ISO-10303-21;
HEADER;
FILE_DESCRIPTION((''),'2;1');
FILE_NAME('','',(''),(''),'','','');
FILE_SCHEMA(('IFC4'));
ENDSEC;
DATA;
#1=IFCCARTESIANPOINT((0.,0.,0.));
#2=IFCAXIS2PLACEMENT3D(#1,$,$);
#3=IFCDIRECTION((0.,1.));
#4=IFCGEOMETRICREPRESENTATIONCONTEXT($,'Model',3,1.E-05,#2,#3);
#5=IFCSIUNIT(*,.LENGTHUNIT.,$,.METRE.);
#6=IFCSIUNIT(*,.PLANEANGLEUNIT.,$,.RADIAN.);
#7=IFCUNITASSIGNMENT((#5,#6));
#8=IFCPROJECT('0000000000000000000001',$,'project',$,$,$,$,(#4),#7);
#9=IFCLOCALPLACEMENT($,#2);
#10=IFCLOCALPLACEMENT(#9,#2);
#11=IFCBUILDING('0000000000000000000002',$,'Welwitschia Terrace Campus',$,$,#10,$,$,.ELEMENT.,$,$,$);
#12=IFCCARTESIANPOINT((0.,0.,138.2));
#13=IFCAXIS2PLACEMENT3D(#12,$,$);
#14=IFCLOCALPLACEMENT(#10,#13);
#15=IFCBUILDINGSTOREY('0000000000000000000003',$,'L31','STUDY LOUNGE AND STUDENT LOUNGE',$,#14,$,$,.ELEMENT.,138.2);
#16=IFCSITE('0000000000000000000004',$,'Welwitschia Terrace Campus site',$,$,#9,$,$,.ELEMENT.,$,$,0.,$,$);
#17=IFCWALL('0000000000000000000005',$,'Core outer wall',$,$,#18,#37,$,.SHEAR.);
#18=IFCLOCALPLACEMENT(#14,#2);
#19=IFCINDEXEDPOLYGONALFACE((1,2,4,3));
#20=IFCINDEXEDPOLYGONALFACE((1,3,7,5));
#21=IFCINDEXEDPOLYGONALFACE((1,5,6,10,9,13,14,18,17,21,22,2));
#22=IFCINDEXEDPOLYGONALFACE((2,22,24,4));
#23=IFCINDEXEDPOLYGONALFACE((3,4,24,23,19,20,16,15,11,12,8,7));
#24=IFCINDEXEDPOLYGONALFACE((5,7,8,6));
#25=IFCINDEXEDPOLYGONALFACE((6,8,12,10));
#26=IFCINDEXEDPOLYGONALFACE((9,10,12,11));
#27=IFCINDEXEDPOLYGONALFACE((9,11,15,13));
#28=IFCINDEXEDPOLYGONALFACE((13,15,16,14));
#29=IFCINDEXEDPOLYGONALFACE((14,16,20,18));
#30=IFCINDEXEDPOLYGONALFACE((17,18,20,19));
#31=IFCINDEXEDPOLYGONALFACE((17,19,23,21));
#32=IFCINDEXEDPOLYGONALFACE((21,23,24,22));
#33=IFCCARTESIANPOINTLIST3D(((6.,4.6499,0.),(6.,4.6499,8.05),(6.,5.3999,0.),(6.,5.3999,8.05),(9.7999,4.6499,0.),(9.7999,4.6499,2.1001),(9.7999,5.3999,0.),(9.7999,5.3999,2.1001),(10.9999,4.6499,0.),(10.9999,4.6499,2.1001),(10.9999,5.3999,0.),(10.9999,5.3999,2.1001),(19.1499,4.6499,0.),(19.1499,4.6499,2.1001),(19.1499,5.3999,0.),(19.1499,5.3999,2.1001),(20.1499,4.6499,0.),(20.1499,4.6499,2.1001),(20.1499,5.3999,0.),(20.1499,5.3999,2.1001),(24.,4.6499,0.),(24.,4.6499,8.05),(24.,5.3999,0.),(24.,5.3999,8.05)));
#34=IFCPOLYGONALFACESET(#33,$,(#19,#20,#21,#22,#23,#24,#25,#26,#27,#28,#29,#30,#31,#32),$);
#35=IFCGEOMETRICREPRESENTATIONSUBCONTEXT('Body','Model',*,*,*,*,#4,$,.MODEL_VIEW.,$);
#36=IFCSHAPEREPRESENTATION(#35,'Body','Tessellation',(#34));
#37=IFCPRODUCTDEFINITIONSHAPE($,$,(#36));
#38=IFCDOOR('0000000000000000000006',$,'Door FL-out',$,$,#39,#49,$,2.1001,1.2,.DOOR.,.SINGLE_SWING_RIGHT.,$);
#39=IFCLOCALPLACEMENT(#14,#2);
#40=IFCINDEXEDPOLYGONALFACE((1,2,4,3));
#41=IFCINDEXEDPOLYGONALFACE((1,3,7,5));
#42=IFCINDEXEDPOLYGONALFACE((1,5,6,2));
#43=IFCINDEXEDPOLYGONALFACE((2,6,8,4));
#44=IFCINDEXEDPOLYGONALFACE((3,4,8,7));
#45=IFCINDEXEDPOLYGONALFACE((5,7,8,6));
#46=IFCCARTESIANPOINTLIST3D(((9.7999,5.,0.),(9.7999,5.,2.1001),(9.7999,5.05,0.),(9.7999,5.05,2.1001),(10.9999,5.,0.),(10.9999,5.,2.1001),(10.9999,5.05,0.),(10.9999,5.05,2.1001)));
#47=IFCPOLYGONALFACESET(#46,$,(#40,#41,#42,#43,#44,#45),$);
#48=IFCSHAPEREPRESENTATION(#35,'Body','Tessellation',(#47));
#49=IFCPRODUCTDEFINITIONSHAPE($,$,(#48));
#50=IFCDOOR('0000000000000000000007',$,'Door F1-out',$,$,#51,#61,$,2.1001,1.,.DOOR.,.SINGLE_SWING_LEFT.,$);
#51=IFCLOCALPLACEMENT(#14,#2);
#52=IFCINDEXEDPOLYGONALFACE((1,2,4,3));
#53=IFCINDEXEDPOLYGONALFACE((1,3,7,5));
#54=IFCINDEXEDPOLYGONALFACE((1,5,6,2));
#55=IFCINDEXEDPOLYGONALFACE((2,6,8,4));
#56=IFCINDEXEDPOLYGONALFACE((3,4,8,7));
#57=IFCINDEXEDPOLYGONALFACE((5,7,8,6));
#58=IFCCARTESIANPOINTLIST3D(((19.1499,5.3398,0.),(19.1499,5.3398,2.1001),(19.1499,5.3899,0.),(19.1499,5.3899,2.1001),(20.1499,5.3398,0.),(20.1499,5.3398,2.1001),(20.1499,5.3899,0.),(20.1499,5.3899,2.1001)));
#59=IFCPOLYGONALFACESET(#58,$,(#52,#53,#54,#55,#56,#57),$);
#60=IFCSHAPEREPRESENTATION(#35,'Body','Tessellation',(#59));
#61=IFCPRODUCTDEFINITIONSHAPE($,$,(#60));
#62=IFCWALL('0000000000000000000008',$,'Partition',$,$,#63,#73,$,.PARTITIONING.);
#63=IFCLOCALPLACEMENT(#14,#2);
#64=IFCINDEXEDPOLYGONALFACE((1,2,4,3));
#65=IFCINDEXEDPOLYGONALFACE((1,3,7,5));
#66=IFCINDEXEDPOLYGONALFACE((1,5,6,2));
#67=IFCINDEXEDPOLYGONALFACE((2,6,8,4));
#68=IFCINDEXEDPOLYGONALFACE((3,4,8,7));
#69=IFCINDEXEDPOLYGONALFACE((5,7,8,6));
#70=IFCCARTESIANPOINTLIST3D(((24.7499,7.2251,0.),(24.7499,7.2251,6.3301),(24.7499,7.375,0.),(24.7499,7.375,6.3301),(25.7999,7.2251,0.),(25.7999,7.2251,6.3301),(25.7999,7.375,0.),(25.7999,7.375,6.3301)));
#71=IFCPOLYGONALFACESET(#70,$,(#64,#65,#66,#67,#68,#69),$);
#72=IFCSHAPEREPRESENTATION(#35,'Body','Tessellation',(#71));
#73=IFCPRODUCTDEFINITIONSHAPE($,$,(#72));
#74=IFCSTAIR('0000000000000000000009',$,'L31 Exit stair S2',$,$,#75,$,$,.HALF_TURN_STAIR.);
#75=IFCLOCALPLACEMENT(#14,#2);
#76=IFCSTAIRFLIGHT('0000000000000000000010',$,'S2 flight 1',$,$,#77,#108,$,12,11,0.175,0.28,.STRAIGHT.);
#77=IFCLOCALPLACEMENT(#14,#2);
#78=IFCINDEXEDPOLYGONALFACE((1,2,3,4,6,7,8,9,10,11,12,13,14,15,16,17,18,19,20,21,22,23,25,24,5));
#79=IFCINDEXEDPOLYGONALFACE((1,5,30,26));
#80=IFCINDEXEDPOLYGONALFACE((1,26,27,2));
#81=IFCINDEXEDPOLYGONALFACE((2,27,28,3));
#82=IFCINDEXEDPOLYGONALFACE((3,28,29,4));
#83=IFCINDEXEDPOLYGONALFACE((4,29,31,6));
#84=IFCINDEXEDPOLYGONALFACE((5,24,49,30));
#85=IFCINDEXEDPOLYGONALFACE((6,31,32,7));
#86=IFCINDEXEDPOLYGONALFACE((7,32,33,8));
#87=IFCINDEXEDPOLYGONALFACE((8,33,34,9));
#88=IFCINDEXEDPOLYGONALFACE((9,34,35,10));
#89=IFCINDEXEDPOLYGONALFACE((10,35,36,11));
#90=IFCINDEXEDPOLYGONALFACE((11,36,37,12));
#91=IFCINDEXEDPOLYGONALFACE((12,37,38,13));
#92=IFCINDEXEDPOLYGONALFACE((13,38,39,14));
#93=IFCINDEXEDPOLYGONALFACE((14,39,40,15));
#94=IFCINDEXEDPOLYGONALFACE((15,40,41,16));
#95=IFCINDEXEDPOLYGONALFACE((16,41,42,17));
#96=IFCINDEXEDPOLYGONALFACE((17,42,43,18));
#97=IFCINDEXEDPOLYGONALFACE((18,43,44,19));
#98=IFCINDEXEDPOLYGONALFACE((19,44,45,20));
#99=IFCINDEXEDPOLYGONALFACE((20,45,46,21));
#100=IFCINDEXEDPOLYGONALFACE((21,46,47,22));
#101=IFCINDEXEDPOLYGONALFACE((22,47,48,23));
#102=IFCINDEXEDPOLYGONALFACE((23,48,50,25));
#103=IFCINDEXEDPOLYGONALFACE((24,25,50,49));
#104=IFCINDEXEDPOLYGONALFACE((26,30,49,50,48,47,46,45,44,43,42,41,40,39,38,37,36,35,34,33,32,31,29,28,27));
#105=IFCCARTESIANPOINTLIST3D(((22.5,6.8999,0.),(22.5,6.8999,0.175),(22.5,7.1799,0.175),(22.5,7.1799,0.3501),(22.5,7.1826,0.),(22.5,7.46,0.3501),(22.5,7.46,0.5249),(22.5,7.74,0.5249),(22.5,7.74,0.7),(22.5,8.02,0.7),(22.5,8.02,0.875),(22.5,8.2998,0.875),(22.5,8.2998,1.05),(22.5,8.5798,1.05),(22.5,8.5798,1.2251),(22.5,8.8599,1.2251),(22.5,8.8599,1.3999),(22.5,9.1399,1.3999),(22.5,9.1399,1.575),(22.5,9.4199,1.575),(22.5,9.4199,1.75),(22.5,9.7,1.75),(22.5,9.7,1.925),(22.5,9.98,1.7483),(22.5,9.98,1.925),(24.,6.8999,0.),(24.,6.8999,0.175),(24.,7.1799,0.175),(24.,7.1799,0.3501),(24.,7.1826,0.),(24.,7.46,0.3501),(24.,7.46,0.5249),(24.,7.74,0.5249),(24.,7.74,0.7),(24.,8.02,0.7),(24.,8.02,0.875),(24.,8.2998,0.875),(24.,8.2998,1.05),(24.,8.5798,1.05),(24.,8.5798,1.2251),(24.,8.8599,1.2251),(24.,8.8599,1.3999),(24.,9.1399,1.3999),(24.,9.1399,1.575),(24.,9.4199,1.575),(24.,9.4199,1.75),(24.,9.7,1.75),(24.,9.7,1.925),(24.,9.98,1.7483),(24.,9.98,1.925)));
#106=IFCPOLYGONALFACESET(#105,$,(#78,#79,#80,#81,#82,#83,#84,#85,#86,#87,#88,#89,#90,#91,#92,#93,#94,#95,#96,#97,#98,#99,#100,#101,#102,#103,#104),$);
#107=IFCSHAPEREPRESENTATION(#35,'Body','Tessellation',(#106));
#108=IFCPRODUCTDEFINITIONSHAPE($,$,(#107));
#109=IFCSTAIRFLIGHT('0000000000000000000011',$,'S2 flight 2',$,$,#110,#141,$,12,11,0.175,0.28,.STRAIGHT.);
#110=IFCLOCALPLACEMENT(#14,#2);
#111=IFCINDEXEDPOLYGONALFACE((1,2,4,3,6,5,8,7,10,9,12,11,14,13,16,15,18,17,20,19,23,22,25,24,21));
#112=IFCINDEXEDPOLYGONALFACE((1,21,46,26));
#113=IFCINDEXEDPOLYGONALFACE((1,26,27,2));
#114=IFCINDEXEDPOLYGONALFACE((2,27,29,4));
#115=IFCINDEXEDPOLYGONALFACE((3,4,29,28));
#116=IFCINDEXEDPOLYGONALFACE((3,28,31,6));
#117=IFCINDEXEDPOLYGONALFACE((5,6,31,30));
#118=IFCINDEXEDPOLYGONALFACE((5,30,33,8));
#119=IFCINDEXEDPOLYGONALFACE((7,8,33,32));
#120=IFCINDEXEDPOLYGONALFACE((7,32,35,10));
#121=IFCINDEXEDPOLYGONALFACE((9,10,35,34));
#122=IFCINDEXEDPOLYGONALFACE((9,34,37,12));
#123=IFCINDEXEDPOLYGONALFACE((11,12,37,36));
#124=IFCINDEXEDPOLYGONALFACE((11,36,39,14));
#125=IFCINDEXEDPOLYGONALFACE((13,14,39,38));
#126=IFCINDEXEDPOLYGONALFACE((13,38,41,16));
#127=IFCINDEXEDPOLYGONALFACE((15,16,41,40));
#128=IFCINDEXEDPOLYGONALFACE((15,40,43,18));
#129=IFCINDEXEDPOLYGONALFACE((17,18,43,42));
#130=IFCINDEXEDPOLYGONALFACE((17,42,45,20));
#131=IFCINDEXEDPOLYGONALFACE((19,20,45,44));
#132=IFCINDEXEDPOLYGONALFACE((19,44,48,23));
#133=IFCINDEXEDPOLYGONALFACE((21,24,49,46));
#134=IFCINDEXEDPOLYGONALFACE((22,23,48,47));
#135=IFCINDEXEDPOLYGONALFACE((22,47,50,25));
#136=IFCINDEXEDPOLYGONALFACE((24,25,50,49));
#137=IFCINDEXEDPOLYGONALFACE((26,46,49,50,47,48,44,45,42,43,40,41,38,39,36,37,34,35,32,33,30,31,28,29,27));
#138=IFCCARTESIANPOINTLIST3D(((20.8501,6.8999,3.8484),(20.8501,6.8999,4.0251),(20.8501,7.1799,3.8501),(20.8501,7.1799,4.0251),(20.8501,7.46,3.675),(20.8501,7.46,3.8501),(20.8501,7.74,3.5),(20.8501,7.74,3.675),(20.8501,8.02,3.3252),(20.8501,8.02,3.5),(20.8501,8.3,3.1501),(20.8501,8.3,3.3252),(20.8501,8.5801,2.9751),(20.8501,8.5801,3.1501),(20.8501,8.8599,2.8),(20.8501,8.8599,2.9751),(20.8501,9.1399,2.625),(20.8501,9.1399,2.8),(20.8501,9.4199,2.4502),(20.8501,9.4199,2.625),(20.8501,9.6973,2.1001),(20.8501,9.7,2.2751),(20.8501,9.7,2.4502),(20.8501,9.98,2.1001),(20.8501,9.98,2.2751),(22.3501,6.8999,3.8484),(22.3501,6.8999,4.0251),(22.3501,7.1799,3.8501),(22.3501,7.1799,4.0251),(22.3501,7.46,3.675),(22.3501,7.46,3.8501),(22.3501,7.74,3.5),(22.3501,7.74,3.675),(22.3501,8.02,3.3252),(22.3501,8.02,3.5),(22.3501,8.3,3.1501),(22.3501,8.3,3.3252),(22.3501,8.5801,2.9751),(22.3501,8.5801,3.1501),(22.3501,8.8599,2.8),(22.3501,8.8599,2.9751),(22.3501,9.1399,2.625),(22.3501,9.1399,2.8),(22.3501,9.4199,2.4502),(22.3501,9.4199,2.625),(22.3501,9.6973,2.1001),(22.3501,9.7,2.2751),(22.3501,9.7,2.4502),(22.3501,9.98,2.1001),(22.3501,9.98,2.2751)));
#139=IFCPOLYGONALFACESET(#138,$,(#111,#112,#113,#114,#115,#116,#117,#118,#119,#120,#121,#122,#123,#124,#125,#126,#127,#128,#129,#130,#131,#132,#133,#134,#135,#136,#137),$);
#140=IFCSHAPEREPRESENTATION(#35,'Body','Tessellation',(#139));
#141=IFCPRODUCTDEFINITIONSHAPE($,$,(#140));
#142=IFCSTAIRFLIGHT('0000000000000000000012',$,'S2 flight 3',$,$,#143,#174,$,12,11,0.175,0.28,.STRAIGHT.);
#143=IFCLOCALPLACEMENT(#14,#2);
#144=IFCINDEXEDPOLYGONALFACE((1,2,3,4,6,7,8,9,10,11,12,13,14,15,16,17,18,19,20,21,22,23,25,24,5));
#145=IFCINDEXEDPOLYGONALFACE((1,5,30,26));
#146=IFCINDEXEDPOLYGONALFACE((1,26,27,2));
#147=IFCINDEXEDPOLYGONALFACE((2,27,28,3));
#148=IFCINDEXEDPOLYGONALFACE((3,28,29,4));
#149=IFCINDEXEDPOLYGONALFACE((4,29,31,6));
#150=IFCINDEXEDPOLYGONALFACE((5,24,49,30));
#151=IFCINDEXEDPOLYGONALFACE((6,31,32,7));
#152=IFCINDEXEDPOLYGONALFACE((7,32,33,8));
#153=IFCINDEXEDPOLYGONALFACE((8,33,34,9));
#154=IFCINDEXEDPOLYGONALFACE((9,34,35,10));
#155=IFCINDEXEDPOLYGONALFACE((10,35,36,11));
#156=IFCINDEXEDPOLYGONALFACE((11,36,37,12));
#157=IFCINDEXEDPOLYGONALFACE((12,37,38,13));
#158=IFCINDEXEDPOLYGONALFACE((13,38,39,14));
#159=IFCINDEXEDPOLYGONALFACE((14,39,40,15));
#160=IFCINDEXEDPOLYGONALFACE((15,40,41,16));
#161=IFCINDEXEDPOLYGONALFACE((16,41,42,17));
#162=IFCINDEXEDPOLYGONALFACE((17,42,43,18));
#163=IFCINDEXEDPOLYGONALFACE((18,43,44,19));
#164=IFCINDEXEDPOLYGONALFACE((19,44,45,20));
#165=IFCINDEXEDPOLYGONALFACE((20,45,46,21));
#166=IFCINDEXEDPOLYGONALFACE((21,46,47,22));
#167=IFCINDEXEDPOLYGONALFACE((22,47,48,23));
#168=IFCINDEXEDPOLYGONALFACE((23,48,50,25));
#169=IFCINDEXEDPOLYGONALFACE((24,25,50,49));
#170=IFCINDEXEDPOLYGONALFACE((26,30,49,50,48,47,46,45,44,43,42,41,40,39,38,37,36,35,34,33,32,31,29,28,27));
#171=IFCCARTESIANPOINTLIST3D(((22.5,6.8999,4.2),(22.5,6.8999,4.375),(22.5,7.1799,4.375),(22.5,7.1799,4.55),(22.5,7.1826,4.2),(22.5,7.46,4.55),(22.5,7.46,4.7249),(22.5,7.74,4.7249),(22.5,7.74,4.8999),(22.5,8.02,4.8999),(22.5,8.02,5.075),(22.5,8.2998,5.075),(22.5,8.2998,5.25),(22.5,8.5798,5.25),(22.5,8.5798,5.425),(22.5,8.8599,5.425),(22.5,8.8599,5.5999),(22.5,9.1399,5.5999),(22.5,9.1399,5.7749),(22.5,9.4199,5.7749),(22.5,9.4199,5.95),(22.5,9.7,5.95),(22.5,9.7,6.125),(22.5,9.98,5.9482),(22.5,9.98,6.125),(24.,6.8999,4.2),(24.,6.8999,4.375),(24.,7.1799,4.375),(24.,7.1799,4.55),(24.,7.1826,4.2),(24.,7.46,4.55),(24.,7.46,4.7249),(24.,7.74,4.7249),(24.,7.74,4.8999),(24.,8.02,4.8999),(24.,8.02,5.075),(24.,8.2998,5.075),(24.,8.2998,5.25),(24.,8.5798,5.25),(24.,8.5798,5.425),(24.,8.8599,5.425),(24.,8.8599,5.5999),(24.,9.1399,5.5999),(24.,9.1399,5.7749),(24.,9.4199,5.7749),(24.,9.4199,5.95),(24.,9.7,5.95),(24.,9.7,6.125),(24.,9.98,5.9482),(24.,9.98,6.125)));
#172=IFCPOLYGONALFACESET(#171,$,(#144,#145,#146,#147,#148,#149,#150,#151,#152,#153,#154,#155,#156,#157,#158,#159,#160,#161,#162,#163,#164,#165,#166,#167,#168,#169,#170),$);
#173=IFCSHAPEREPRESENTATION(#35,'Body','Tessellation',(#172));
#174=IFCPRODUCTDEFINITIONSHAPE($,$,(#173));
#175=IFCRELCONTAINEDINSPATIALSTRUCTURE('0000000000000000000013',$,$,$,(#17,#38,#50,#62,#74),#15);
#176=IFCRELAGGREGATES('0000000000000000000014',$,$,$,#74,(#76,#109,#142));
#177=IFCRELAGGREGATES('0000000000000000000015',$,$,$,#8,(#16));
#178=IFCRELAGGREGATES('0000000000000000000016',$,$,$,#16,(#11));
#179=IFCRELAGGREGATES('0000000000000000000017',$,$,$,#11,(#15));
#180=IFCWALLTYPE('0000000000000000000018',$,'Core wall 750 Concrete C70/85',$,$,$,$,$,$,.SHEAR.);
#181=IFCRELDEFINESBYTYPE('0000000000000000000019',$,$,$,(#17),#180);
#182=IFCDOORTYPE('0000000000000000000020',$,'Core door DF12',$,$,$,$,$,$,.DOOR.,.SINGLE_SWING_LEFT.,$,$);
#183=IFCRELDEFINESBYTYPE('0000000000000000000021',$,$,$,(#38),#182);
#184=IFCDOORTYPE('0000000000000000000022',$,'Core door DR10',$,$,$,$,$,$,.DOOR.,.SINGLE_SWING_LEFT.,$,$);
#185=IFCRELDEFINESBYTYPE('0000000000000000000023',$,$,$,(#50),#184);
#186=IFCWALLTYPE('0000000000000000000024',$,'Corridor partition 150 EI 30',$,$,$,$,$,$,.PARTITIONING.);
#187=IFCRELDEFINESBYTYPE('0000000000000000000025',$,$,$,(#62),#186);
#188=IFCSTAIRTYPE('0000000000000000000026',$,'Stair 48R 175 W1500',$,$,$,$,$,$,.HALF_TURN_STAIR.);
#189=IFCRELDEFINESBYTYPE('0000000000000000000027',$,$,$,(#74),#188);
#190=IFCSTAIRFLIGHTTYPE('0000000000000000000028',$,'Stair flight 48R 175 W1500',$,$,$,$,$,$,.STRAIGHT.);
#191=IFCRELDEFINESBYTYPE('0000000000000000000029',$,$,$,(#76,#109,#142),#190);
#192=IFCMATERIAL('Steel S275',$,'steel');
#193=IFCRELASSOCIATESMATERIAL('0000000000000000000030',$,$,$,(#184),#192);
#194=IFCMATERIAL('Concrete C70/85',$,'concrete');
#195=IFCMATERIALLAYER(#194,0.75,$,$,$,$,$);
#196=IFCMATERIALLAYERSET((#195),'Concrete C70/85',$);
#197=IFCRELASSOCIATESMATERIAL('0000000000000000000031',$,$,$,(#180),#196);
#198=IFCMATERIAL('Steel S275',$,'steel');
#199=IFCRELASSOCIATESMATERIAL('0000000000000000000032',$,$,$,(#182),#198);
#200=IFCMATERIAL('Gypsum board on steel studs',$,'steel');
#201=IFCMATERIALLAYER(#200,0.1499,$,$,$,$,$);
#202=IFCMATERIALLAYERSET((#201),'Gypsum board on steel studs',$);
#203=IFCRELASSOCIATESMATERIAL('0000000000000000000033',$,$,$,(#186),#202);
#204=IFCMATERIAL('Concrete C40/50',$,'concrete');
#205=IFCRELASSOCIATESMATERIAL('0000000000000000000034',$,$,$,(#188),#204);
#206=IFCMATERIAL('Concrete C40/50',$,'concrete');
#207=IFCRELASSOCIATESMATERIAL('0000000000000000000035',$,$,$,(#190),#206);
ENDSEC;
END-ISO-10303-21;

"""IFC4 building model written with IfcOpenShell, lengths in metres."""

from ifc_helpers import new_model, si_unit, direction, frame, frame_2d, origin, place, context, subcontext, project, spatial, polyline, rectangle, outline, extrude, material, layer, layer_set, type_object, element, fill, aggregate, save


model = new_model("IFC4")

# Units and contexts
model_context = context("Model", 3, precision=1e-05, world=origin(), true_north=direction((0.0, 1.0)))
body_context = subcontext(model_context, "Body", "Model", "MODEL_VIEW")
ifc_project = project(units=[si_unit("LENGTHUNIT", "METRE"), si_unit("PLANEANGLEUNIT", "RADIAN")], contexts=[model_context])

# Site, building, storey
site_placement = place(None, origin())
site = spatial("IfcSite", under=ifc_project, at=site_placement, Name="Welwitschia Terrace Campus site", CompositionType="ELEMENT", RefElevation=0.0)
building_placement = place(site_placement, origin())
building = spatial("IfcBuilding", under=site, at=building_placement, Name="Welwitschia Terrace Campus", CompositionType="ELEMENT")
storey_placement = place(building_placement, frame((0.0, 0.0, 138.2)))
storey = spatial("IfcBuildingStorey", under=building, at=storey_placement, Name="L31", Description="STUDY LOUNGE AND STUDENT LOUNGE", CompositionType="ELEMENT", Elevation=138.2)

# Shared definitions
ifc_material_1 = material(Name="Steel S275", Category="steel")
door_type_1 = type_object("IfcDoorType", Name="Core door DR10", OperationType="SINGLE_SWING_LEFT", PredefinedType="DOOR", material=ifc_material_1)

# Wall, openings, doors
ifc_material_2 = material(Name="Concrete C70/85", Category="concrete")
ifc_layer_1 = layer(ifc_material_2, 0.75)
ifc_layer_set_1 = layer_set([ifc_layer_1], Name="Concrete C70/85")
wall_type_1 = type_object("IfcWallType", Name="Core wall 750 Concrete C70/85", PredefinedType="SHEAR", material=ifc_layer_set_1)
wall_1_placement = place(storey_placement, frame((24.0, 5.0249, 0.0), z_axis=(0.0, 0.0, 1.0), x_axis=(-1.0, 0.0, 0.0)))
wall_1 = element("IfcWall", 1, at=wall_1_placement, inside=storey, type_object=wall_type_1, Name="Core outer wall", PredefinedType="SHEAR", context=body_context, shape_type="SweptSolid", body=[
    extrude(rectangle(XDim=18.0, YDim=0.75, at=frame_2d((9.0, 0.0))), origin(), (0.0, 0.0, 1.0), 8.05),
])
opening_1_placement = place(wall_1_placement, frame((13.0, 0.0, 0.0)))
opening_1 = element("IfcOpeningElement", 2, at=opening_1_placement, cuts=wall_1, PredefinedType="OPENING", context=body_context, shape_type="SweptSolid", body=[
    extrude(rectangle(XDim=1.2, YDim=2.1001, at=frame_2d((0.6001, 1.05))), frame((0.0, 0.385, 0.0), z_axis=(0.0, -1.0, 0.0), x_axis=(1.0, 0.0, 0.0)), (0.0, 0.0, 1.0), 0.77),
])
opening_2_placement = place(wall_1_placement, frame((3.8501, 0.0, 0.0)))
opening_2 = element("IfcOpeningElement", 3, at=opening_2_placement, cuts=wall_1, PredefinedType="OPENING", context=body_context, shape_type="SweptSolid", body=[
    extrude(rectangle(XDim=1.0, YDim=2.1001, at=frame_2d((0.5, 1.05))), frame((0.0, 0.385, 0.0), z_axis=(0.0, -1.0, 0.0), x_axis=(1.0, 0.0, 0.0)), (0.0, 0.0, 1.0), 0.77),
])
ifc_material_3 = material(Name="Steel S275", Category="steel")
door_type_2 = type_object("IfcDoorType", Name="Core door DF12", OperationType="SINGLE_SWING_LEFT", PredefinedType="DOOR", material=ifc_material_3)
door_1_placement = place(opening_1_placement, origin())
door_1 = element("IfcDoor", 4, at=door_1_placement, inside=storey, type_object=door_type_2, Name="Door FL-out", OperationType="SINGLE_SWING_RIGHT", OverallHeight=2.1001, OverallWidth=1.2, PredefinedType="DOOR", context=body_context, shape_type="SweptSolid", body=[
    extrude(rectangle(XDim=1.2, YDim=2.1001, at=frame_2d((0.6001, 1.05))), frame((0.0, 0.0249, 0.0), z_axis=(0.0, -1.0, 0.0), x_axis=(1.0, 0.0, 0.0)), (0.0, 0.0, 1.0), 0.05),
])
fill(opening_1, door_1)
door_2_placement = place(opening_2_placement, origin())
door_2 = element("IfcDoor", 5, at=door_2_placement, inside=storey, type_object=door_type_1, Name="Door F1-out", OperationType="SINGLE_SWING_LEFT", OverallHeight=2.1001, OverallWidth=1.0, PredefinedType="DOOR", context=body_context, shape_type="SweptSolid", body=[
    extrude(rectangle(XDim=1.0, YDim=2.1001, at=frame_2d((0.5, 1.05))), frame((0.0, -0.3149, 0.0), z_axis=(0.0, -1.0, 0.0), x_axis=(1.0, 0.0, 0.0)), (0.0, 0.0, 1.0), 0.05),
])
fill(opening_2, door_2)

# Wall
ifc_material_4 = material(Name="Gypsum board on steel studs", Category="steel")
ifc_layer_2 = layer(ifc_material_4, 0.1499)
ifc_layer_set_2 = layer_set([ifc_layer_2], Name="Gypsum board on steel studs")
wall_type_2 = type_object("IfcWallType", Name="Corridor partition 150 EI 30", PredefinedType="PARTITIONING", material=ifc_layer_set_2)
wall_2_placement = place(storey_placement, frame((24.75, 7.3, 0.0), z_axis=(0.0, 0.0, 1.0), x_axis=(1.0, 0.0, 0.0)))
element("IfcWall", 6, at=wall_2_placement, inside=storey, type_object=wall_type_2, Name="Partition", PredefinedType="PARTITIONING", context=body_context, shape_type="SweptSolid", body=[
    extrude(rectangle(XDim=1.05, YDim=0.1499, at=frame_2d((0.5249, 0.0))), origin(), (0.0, 0.0, 1.0), 6.3301),
])

# Stair, stair flights
ifc_material_5 = material(Name="Concrete C40/50", Category="concrete")
stair_type = type_object("IfcStairType", Name="Stair 48R 175 W1500", PredefinedType="HALF_TURN_STAIR", material=ifc_material_5)
stair_placement = place(storey_placement, origin())
stair = element("IfcStair", 7, at=stair_placement, inside=storey, type_object=stair_type, Name="L31 Exit stair S2", PredefinedType="HALF_TURN_STAIR")
ifc_material_6 = material(Name="Concrete C40/50", Category="concrete")
stair_flight_type = type_object("IfcStairFlightType", Name="Stair flight 48R 175 W1500", PredefinedType="STRAIGHT", material=ifc_material_6)
stair_flight_1_placement = place(storey_placement, frame((23.25, 6.8999, 0.0), z_axis=(0.0, 0.0, 1.0), x_axis=(0.0, 1.0, 0.0)))
stair_flight_1 = element("IfcStairFlight", 8, at=stair_flight_1_placement, type_object=stair_flight_type, Name="S2 flight 1", NumberOfRisers=12, NumberOfTreads=11, PredefinedType="STRAIGHT", RiserHeight=0.175, TreadLength=0.28, context=body_context, shape_type="SweptSolid", body=[
    extrude(outline(polyline([(0.0, 0.0), (0.0, 0.175), (0.28, 0.175), (0.28, 0.3501), (0.5601, 0.3501), (0.5601, 0.5249), (0.8401, 0.5249), (0.8401, 0.7), (1.1201, 0.7), (1.1201, 0.875), (1.3999, 0.875), (1.3999, 1.05), (1.6799, 1.05), (1.6799, 1.2251), (1.96, 1.2251), (1.96, 1.3999), (2.24, 1.3999), (2.24, 1.575), (2.52, 1.575), (2.52, 1.75), (2.8, 1.75), (2.8, 1.925), (3.0801, 1.925), (3.0801, 2.1001), (3.0801, 1.7483), (0.2827, 0.0), (0.0, 0.0)])), frame((0.0, 0.75, 0.0), z_axis=(0.0, -1.0, 0.0), x_axis=(1.0, 0.0, 0.0)), (0.0, 0.0, 1.0), 1.5),
])
stair_flight_2_placement = place(storey_placement, frame((21.6001, 9.98, 2.1001), z_axis=(0.0, 0.0, 1.0), x_axis=(0.0, -1.0, 0.0)))
stair_flight_2 = element("IfcStairFlight", 9, at=stair_flight_2_placement, type_object=stair_flight_type, Name="S2 flight 2", NumberOfRisers=12, NumberOfTreads=11, PredefinedType="STRAIGHT", RiserHeight=0.175, TreadLength=0.28, context=body_context, shape_type="SweptSolid", body=[
    extrude(outline(polyline([(0.0, 0.0), (0.0, 0.175), (0.28, 0.175), (0.28, 0.3501), (0.5601, 0.3501), (0.5601, 0.5249), (0.8401, 0.5249), (0.8401, 0.7), (1.1201, 0.7), (1.1201, 0.875), (1.3999, 0.875), (1.3999, 1.05), (1.6799, 1.05), (1.6799, 1.2251), (1.96, 1.2251), (1.96, 1.3999), (2.24, 1.3999), (2.24, 1.575), (2.52, 1.575), (2.52, 1.75), (2.8, 1.75), (2.8, 1.925), (3.0801, 1.925), (3.0801, 2.1001), (3.0801, 1.7483), (0.2827, 0.0), (0.0, 0.0)])), frame((0.0, 0.75, 0.0), z_axis=(0.0, -1.0, 0.0), x_axis=(1.0, 0.0, 0.0)), (0.0, 0.0, 1.0), 1.5),
])
stair_flight_3_placement = place(storey_placement, frame((23.25, 6.8999, 4.2), z_axis=(0.0, 0.0, 1.0), x_axis=(0.0, 1.0, 0.0)))
stair_flight_3 = element("IfcStairFlight", 10, at=stair_flight_3_placement, type_object=stair_flight_type, Name="S2 flight 3", NumberOfRisers=12, NumberOfTreads=11, PredefinedType="STRAIGHT", RiserHeight=0.175, TreadLength=0.28, context=body_context, shape_type="SweptSolid", body=[
    extrude(outline(polyline([(0.0, 0.0), (0.0, 0.175), (0.28, 0.175), (0.28, 0.3501), (0.5601, 0.3501), (0.5601, 0.5249), (0.8401, 0.5249), (0.8401, 0.7), (1.1201, 0.7), (1.1201, 0.875), (1.3999, 0.875), (1.3999, 1.05), (1.6799, 1.05), (1.6799, 1.2251), (1.96, 1.2251), (1.96, 1.3999), (2.24, 1.3999), (2.24, 1.575), (2.52, 1.575), (2.52, 1.75), (2.8, 1.75), (2.8, 1.925), (3.0801, 1.925), (3.0801, 2.1001), (3.0801, 1.7483), (0.2827, 0.0), (0.0, 0.0)])), frame((0.0, 0.75, 0.0), z_axis=(0.0, -1.0, 0.0), x_axis=(1.0, 0.0, 0.0)), (0.0, 0.0, 1.0), 1.5),
])
aggregate(stair, [stair_flight_1, stair_flight_2, stair_flight_3])

save(model, "model.ifc")
